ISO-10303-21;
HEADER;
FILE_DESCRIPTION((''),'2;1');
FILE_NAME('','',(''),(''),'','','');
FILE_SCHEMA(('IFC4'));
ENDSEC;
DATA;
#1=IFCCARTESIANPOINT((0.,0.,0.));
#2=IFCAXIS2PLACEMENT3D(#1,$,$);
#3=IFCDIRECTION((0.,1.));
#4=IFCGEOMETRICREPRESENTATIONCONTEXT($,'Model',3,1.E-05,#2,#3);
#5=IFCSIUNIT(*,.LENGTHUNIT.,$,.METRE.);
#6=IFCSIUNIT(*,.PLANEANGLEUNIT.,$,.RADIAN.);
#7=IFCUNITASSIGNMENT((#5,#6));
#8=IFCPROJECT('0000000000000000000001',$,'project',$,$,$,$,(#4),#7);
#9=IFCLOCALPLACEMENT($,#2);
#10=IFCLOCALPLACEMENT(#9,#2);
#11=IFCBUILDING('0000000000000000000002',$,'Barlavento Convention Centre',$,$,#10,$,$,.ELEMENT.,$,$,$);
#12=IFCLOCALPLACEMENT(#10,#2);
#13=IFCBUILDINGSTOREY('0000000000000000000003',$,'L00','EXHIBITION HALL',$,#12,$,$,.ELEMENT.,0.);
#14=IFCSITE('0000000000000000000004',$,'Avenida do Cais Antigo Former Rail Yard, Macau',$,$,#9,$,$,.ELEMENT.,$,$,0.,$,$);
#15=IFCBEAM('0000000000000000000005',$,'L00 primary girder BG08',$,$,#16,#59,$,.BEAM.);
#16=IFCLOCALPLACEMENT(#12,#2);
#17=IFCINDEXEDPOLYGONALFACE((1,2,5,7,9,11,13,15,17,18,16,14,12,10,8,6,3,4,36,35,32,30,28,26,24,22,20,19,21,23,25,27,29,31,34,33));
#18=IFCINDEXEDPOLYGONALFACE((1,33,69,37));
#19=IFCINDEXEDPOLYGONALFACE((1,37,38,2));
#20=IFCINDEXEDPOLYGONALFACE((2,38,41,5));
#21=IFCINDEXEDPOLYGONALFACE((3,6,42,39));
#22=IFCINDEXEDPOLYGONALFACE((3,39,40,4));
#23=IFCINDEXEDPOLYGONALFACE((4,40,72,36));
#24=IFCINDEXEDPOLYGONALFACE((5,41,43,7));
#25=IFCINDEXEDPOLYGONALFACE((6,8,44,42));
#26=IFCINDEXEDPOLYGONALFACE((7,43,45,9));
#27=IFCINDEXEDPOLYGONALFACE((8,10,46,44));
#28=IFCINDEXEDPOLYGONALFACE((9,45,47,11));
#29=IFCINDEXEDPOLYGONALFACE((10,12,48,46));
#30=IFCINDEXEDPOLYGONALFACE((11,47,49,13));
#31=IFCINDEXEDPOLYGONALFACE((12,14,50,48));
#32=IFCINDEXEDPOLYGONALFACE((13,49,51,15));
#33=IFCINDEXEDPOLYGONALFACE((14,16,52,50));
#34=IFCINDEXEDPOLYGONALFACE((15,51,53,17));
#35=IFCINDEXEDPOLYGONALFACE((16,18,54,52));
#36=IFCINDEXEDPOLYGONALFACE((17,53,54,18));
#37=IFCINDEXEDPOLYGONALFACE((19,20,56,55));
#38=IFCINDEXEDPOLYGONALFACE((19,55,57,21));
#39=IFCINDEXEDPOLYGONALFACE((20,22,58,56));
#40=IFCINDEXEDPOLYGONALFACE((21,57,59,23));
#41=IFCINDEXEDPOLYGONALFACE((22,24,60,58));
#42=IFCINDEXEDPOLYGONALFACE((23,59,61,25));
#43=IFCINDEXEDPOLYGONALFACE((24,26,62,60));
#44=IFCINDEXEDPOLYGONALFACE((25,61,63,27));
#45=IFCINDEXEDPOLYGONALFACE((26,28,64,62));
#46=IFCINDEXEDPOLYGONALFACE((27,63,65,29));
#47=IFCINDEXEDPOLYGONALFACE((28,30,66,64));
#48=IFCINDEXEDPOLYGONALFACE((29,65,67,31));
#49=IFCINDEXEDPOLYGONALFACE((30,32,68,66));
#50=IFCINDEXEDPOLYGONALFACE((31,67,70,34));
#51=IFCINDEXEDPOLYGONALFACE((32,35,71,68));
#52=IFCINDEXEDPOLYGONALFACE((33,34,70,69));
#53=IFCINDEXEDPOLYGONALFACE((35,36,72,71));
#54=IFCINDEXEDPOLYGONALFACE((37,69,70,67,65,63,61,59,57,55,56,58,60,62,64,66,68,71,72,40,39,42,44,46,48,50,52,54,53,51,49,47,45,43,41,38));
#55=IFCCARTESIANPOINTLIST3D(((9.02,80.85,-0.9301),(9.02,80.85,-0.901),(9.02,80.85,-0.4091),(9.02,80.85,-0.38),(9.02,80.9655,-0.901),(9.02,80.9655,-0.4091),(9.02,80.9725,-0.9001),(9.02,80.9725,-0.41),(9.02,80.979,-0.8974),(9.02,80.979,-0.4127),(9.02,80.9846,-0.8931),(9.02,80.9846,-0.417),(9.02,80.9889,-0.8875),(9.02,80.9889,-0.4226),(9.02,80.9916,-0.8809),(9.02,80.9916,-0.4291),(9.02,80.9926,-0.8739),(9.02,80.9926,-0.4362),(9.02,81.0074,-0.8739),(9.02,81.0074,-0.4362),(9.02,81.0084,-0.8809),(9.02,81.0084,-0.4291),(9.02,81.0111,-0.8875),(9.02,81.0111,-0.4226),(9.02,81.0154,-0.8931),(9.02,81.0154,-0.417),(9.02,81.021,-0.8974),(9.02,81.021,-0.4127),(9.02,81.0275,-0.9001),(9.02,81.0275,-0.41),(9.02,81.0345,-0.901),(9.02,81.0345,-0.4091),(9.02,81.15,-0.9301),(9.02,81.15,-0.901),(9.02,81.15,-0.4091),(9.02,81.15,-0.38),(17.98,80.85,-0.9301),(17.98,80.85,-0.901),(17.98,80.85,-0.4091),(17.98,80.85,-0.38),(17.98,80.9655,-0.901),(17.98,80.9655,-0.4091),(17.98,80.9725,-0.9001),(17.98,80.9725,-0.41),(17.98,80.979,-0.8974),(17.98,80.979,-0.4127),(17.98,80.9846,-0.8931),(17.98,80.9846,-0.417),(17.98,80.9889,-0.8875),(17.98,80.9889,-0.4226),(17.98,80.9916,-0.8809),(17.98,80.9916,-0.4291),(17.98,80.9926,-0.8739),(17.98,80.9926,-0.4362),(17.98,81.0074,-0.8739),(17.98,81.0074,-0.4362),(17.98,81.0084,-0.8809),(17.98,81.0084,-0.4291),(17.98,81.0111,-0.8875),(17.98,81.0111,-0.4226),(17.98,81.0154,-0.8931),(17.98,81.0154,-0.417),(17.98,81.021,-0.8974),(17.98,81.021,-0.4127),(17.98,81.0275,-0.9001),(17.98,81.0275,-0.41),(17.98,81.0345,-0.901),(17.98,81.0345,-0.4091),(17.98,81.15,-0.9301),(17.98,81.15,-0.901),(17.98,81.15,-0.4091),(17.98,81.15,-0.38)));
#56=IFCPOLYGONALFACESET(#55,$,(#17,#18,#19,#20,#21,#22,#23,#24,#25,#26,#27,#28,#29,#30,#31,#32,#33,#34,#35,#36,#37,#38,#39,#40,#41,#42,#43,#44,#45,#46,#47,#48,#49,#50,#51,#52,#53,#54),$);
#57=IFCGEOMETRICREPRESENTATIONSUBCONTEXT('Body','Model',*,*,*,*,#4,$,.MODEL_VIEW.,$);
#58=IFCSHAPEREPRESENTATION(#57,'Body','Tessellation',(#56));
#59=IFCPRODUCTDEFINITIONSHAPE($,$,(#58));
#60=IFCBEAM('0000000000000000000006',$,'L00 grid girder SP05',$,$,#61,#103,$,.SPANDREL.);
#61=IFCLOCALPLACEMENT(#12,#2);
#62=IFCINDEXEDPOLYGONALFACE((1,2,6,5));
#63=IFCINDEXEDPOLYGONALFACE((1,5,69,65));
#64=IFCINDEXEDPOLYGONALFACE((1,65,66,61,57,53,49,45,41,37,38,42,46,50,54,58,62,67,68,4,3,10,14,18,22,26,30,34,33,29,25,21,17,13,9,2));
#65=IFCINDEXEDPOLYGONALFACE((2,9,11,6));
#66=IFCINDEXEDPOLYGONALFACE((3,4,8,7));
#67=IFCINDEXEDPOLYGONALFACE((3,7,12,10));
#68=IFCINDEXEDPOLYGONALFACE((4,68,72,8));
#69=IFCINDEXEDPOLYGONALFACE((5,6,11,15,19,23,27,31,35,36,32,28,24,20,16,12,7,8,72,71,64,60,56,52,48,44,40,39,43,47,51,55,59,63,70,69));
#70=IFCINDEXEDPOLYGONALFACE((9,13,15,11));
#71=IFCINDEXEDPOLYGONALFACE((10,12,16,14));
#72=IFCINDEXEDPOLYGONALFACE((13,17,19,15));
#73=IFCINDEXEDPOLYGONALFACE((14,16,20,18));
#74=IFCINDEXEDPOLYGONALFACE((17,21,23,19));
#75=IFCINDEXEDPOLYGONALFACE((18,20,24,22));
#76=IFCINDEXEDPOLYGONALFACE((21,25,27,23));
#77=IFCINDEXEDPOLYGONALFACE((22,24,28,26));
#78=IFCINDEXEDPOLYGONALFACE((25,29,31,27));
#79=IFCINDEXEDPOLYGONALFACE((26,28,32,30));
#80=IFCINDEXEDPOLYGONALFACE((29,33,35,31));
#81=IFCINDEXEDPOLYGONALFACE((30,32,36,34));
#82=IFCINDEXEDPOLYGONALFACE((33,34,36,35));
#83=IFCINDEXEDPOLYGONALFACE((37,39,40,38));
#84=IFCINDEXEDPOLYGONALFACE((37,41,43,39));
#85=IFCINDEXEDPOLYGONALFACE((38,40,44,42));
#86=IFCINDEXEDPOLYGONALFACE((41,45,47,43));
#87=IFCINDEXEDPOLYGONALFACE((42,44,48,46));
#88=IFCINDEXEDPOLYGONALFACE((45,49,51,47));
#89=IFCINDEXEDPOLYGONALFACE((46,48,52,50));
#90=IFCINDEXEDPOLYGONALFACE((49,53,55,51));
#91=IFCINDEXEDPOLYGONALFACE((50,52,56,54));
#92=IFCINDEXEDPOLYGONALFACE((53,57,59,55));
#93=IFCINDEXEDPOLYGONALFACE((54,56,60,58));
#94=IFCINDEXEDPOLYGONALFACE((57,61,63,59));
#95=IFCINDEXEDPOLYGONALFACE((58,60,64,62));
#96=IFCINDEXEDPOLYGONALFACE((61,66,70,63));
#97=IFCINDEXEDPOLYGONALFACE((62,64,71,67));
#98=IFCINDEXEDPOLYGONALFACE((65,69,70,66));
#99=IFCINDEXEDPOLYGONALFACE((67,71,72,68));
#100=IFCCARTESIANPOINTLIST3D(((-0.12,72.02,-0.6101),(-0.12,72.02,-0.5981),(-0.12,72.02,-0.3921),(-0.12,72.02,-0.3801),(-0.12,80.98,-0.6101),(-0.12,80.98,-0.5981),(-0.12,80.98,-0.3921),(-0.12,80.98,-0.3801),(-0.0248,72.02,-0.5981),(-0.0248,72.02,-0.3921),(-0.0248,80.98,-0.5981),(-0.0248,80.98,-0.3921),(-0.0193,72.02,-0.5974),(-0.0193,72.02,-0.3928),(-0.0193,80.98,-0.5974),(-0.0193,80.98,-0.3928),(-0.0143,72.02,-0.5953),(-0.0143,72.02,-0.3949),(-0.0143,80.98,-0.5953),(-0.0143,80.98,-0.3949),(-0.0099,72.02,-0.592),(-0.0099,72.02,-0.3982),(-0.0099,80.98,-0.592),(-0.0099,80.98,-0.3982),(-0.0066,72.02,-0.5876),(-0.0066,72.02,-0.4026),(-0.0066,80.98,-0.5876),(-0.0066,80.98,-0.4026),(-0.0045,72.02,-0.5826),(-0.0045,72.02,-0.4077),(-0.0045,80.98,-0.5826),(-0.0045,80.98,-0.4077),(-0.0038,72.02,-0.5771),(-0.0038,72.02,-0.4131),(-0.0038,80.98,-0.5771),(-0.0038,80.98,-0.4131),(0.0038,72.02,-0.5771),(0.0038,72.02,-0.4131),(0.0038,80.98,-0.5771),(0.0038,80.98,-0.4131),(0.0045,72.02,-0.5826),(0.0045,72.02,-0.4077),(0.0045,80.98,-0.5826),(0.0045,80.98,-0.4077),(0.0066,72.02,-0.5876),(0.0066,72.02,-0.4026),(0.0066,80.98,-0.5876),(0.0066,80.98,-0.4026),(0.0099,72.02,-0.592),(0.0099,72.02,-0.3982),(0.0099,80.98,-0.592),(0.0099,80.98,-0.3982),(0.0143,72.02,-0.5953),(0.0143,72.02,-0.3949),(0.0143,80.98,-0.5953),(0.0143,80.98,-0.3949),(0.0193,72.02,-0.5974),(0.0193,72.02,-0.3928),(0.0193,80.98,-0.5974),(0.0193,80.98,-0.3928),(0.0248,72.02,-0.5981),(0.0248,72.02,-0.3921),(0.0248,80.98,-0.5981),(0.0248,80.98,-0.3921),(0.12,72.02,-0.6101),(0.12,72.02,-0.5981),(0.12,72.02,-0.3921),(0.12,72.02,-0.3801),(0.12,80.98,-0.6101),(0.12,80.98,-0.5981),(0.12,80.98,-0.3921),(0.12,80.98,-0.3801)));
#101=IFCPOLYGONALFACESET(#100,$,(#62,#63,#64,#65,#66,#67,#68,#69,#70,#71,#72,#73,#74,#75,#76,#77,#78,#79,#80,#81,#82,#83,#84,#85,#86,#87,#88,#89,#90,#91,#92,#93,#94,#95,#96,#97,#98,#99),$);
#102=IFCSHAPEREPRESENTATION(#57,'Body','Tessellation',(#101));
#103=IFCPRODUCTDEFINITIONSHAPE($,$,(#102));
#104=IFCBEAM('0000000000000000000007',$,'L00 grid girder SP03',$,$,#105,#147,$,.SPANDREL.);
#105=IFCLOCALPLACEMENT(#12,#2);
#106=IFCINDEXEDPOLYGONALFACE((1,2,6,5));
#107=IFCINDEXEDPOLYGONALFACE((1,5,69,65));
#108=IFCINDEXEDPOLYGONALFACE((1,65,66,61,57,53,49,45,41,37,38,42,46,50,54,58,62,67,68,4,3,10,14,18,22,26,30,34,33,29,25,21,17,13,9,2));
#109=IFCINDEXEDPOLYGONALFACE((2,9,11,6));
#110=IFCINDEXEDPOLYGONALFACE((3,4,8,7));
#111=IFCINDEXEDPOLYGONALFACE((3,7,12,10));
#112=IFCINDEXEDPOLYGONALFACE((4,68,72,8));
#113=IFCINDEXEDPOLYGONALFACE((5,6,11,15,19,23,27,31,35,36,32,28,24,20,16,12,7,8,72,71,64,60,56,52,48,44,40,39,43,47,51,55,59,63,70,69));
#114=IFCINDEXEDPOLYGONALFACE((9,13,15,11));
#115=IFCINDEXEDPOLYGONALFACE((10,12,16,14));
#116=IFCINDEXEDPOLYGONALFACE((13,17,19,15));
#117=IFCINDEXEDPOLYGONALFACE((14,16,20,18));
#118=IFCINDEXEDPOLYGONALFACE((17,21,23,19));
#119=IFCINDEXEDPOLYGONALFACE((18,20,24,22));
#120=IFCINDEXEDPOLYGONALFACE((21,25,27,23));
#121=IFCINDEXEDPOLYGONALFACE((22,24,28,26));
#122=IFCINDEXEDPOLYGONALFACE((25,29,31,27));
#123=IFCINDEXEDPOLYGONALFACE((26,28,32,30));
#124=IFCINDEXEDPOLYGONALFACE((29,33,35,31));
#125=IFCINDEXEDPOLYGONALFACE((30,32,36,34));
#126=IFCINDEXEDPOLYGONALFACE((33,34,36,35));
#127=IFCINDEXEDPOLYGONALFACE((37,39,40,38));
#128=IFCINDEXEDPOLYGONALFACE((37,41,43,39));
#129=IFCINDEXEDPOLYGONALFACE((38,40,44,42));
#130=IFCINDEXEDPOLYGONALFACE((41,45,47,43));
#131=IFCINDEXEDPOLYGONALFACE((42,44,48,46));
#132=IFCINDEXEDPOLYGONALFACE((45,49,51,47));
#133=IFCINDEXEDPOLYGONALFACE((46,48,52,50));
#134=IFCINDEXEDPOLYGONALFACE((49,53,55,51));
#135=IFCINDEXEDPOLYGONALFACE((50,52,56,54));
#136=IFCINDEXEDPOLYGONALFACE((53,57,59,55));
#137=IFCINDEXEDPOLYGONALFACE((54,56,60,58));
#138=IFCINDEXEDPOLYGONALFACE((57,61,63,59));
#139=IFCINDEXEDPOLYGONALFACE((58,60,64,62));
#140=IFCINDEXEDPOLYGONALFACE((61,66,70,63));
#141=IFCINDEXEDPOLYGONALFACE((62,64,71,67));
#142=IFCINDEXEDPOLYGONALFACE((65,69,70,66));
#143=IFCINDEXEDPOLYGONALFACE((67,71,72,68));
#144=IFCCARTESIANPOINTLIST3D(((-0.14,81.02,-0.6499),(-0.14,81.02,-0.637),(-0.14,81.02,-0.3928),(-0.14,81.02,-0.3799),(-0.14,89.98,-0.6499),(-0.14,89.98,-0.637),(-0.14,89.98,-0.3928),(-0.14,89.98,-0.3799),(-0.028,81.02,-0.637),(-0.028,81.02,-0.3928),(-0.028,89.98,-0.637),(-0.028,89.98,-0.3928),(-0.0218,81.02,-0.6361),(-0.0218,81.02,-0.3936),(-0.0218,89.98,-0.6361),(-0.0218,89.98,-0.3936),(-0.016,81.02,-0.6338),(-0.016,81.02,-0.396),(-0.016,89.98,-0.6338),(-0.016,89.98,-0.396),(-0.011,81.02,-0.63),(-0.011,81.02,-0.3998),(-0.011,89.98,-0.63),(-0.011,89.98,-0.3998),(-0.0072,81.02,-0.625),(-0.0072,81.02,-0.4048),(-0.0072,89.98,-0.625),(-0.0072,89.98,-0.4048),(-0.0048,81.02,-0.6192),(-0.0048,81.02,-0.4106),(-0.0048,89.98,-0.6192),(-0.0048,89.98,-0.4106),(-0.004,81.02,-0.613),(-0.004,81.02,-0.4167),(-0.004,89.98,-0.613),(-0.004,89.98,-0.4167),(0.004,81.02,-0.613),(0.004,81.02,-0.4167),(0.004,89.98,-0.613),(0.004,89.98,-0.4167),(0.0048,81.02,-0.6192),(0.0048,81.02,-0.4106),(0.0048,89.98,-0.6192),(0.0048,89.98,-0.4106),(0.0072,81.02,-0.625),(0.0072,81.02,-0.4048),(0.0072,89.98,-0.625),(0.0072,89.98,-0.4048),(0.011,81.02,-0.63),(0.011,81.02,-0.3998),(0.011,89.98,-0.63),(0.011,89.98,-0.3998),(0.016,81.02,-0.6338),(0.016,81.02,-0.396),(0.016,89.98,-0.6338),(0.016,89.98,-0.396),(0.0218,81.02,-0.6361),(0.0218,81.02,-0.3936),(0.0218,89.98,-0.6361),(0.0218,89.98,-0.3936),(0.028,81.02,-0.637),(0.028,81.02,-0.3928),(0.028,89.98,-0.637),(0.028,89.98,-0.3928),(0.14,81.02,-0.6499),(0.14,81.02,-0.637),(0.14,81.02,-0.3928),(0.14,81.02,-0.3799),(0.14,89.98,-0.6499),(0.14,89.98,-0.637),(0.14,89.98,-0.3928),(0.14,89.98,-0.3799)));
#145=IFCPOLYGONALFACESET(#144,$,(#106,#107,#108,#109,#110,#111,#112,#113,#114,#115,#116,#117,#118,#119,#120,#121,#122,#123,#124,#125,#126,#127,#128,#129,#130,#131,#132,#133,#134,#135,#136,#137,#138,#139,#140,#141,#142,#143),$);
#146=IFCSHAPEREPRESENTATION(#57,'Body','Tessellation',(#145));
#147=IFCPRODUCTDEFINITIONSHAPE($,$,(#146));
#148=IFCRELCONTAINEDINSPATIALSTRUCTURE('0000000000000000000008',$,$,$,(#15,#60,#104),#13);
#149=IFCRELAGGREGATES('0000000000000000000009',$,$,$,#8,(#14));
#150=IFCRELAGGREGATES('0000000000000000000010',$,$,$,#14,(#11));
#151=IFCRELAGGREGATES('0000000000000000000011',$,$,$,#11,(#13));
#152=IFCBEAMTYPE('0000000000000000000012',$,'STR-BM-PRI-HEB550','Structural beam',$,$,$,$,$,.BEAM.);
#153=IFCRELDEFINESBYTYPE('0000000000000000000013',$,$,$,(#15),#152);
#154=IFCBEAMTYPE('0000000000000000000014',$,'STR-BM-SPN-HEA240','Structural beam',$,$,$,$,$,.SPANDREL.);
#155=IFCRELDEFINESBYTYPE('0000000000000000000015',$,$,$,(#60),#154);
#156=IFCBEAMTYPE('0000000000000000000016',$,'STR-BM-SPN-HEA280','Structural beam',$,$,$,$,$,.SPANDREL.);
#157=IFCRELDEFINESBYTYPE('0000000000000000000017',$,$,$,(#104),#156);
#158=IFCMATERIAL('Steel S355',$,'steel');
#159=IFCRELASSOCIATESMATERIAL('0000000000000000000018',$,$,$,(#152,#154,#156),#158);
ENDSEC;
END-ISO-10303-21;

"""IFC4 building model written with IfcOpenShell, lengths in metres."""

from ifc_helpers import new_model, si_unit, direction, frame, origin, origin_2d, place, context, subcontext, project, spatial, i_section, extrude, material, material_profile, profile_set, type_object, element, save


model = new_model("IFC4")

# Units and contexts
model_context = context("Model", 3, precision=1e-05, world=origin(), true_north=direction((0.0, 1.0)))
body_context = subcontext(model_context, "Body", "Model", "MODEL_VIEW")
ifc_project = project(units=[si_unit("LENGTHUNIT", "METRE"), si_unit("PLANEANGLEUNIT", "RADIAN")], contexts=[model_context])

# Site, building, storey
site_placement = place(None, origin())
site = spatial("IfcSite", under=ifc_project, at=site_placement, Name="Avenida do Cais Antigo Former Rail Yard, Macau", CompositionType="ELEMENT", RefElevation=0.0)
building_placement = place(site_placement, origin())
building = spatial("IfcBuilding", under=site, at=building_placement, Name="Barlavento Convention Centre", CompositionType="ELEMENT")
storey_placement = place(building_placement, origin())
storey = spatial("IfcBuildingStorey", under=building, at=storey_placement, Name="L00", Description="EXHIBITION HALL", CompositionType="ELEMENT", Elevation=0.0)

# Beams
ifc_material_1 = material(Name="Steel S355", Category="steel")
ifc_material_profile_1 = material_profile(ifc_material_1, i_section(OverallWidth=0.3, OverallDepth=0.55, WebThickness=0.0149, FlangeThickness=0.0291, FilletRadius=0.0271, at=origin_2d()), Name="HEB 550")
ifc_profile_set_1 = profile_set([ifc_material_profile_1], Name="Steel S355")
beam_type_1 = type_object("IfcBeamType", Name="STR-BM-PRI-HEB550", Description="Structural beam", PredefinedType="BEAM", material=ifc_profile_set_1)
beam_1_placement = place(storey_placement, frame((9.02, 81.0, -0.655), z_axis=(1.0, 0.0, 0.0), x_axis=(0.0, 1.0, 0.0)))
element("IfcBeam", 1, at=beam_1_placement, inside=storey, type_object=beam_type_1, Name="L00 primary girder BG08", PredefinedType="BEAM", context=body_context, shape_type="SweptSolid", body=[
    extrude(i_section(OverallWidth=0.3, OverallDepth=0.55, WebThickness=0.0149, FlangeThickness=0.0291, FilletRadius=0.0271, at=origin_2d()), origin(), (0.0, 0.0, 1.0), 8.96),
])
ifc_material_profile_2 = material_profile(ifc_material_1, i_section(OverallWidth=0.24, OverallDepth=0.23, WebThickness=0.0076, FlangeThickness=0.012, FilletRadius=0.021, at=origin_2d()), Name="HEA 240")
ifc_profile_set_2 = profile_set([ifc_material_profile_2], Name="Steel S355")
beam_type_2 = type_object("IfcBeamType", Name="STR-BM-SPN-HEA240", Description="Structural beam", PredefinedType="SPANDREL", material=ifc_profile_set_2)
beam_2_placement = place(storey_placement, frame((0.0, 72.02, -0.4951), z_axis=(0.0, 1.0, 0.0), x_axis=(-1.0, 0.0, 0.0)))
element("IfcBeam", 2, at=beam_2_placement, inside=storey, type_object=beam_type_2, Name="L00 grid girder SP05", PredefinedType="SPANDREL", context=body_context, shape_type="SweptSolid", body=[
    extrude(i_section(OverallWidth=0.24, OverallDepth=0.23, WebThickness=0.0076, FlangeThickness=0.012, FilletRadius=0.021, at=origin_2d()), origin(), (0.0, 0.0, 1.0), 8.96),
])
ifc_material_profile_3 = material_profile(ifc_material_1, i_section(OverallWidth=0.28, OverallDepth=0.27, WebThickness=0.0081, FlangeThickness=0.0129, FilletRadius=0.0239, at=origin_2d()), Name="HEA 280")
ifc_profile_set_3 = profile_set([ifc_material_profile_3], Name="Steel S355")
beam_type_3 = type_object("IfcBeamType", Name="STR-BM-SPN-HEA280", Description="Structural beam", PredefinedType="SPANDREL", material=ifc_profile_set_3)
beam_3_placement = place(storey_placement, frame((0.0, 81.02, -0.5149), z_axis=(0.0, 1.0, 0.0), x_axis=(-1.0, 0.0, 0.0)))
element("IfcBeam", 3, at=beam_3_placement, inside=storey, type_object=beam_type_3, Name="L00 grid girder SP03", PredefinedType="SPANDREL", context=body_context, shape_type="SweptSolid", body=[
    extrude(i_section(OverallWidth=0.28, OverallDepth=0.27, WebThickness=0.0081, FlangeThickness=0.0129, FilletRadius=0.0239, at=origin_2d()), origin(), (0.0, 0.0, 1.0), 8.96),
])

save(model, "model.ifc")
